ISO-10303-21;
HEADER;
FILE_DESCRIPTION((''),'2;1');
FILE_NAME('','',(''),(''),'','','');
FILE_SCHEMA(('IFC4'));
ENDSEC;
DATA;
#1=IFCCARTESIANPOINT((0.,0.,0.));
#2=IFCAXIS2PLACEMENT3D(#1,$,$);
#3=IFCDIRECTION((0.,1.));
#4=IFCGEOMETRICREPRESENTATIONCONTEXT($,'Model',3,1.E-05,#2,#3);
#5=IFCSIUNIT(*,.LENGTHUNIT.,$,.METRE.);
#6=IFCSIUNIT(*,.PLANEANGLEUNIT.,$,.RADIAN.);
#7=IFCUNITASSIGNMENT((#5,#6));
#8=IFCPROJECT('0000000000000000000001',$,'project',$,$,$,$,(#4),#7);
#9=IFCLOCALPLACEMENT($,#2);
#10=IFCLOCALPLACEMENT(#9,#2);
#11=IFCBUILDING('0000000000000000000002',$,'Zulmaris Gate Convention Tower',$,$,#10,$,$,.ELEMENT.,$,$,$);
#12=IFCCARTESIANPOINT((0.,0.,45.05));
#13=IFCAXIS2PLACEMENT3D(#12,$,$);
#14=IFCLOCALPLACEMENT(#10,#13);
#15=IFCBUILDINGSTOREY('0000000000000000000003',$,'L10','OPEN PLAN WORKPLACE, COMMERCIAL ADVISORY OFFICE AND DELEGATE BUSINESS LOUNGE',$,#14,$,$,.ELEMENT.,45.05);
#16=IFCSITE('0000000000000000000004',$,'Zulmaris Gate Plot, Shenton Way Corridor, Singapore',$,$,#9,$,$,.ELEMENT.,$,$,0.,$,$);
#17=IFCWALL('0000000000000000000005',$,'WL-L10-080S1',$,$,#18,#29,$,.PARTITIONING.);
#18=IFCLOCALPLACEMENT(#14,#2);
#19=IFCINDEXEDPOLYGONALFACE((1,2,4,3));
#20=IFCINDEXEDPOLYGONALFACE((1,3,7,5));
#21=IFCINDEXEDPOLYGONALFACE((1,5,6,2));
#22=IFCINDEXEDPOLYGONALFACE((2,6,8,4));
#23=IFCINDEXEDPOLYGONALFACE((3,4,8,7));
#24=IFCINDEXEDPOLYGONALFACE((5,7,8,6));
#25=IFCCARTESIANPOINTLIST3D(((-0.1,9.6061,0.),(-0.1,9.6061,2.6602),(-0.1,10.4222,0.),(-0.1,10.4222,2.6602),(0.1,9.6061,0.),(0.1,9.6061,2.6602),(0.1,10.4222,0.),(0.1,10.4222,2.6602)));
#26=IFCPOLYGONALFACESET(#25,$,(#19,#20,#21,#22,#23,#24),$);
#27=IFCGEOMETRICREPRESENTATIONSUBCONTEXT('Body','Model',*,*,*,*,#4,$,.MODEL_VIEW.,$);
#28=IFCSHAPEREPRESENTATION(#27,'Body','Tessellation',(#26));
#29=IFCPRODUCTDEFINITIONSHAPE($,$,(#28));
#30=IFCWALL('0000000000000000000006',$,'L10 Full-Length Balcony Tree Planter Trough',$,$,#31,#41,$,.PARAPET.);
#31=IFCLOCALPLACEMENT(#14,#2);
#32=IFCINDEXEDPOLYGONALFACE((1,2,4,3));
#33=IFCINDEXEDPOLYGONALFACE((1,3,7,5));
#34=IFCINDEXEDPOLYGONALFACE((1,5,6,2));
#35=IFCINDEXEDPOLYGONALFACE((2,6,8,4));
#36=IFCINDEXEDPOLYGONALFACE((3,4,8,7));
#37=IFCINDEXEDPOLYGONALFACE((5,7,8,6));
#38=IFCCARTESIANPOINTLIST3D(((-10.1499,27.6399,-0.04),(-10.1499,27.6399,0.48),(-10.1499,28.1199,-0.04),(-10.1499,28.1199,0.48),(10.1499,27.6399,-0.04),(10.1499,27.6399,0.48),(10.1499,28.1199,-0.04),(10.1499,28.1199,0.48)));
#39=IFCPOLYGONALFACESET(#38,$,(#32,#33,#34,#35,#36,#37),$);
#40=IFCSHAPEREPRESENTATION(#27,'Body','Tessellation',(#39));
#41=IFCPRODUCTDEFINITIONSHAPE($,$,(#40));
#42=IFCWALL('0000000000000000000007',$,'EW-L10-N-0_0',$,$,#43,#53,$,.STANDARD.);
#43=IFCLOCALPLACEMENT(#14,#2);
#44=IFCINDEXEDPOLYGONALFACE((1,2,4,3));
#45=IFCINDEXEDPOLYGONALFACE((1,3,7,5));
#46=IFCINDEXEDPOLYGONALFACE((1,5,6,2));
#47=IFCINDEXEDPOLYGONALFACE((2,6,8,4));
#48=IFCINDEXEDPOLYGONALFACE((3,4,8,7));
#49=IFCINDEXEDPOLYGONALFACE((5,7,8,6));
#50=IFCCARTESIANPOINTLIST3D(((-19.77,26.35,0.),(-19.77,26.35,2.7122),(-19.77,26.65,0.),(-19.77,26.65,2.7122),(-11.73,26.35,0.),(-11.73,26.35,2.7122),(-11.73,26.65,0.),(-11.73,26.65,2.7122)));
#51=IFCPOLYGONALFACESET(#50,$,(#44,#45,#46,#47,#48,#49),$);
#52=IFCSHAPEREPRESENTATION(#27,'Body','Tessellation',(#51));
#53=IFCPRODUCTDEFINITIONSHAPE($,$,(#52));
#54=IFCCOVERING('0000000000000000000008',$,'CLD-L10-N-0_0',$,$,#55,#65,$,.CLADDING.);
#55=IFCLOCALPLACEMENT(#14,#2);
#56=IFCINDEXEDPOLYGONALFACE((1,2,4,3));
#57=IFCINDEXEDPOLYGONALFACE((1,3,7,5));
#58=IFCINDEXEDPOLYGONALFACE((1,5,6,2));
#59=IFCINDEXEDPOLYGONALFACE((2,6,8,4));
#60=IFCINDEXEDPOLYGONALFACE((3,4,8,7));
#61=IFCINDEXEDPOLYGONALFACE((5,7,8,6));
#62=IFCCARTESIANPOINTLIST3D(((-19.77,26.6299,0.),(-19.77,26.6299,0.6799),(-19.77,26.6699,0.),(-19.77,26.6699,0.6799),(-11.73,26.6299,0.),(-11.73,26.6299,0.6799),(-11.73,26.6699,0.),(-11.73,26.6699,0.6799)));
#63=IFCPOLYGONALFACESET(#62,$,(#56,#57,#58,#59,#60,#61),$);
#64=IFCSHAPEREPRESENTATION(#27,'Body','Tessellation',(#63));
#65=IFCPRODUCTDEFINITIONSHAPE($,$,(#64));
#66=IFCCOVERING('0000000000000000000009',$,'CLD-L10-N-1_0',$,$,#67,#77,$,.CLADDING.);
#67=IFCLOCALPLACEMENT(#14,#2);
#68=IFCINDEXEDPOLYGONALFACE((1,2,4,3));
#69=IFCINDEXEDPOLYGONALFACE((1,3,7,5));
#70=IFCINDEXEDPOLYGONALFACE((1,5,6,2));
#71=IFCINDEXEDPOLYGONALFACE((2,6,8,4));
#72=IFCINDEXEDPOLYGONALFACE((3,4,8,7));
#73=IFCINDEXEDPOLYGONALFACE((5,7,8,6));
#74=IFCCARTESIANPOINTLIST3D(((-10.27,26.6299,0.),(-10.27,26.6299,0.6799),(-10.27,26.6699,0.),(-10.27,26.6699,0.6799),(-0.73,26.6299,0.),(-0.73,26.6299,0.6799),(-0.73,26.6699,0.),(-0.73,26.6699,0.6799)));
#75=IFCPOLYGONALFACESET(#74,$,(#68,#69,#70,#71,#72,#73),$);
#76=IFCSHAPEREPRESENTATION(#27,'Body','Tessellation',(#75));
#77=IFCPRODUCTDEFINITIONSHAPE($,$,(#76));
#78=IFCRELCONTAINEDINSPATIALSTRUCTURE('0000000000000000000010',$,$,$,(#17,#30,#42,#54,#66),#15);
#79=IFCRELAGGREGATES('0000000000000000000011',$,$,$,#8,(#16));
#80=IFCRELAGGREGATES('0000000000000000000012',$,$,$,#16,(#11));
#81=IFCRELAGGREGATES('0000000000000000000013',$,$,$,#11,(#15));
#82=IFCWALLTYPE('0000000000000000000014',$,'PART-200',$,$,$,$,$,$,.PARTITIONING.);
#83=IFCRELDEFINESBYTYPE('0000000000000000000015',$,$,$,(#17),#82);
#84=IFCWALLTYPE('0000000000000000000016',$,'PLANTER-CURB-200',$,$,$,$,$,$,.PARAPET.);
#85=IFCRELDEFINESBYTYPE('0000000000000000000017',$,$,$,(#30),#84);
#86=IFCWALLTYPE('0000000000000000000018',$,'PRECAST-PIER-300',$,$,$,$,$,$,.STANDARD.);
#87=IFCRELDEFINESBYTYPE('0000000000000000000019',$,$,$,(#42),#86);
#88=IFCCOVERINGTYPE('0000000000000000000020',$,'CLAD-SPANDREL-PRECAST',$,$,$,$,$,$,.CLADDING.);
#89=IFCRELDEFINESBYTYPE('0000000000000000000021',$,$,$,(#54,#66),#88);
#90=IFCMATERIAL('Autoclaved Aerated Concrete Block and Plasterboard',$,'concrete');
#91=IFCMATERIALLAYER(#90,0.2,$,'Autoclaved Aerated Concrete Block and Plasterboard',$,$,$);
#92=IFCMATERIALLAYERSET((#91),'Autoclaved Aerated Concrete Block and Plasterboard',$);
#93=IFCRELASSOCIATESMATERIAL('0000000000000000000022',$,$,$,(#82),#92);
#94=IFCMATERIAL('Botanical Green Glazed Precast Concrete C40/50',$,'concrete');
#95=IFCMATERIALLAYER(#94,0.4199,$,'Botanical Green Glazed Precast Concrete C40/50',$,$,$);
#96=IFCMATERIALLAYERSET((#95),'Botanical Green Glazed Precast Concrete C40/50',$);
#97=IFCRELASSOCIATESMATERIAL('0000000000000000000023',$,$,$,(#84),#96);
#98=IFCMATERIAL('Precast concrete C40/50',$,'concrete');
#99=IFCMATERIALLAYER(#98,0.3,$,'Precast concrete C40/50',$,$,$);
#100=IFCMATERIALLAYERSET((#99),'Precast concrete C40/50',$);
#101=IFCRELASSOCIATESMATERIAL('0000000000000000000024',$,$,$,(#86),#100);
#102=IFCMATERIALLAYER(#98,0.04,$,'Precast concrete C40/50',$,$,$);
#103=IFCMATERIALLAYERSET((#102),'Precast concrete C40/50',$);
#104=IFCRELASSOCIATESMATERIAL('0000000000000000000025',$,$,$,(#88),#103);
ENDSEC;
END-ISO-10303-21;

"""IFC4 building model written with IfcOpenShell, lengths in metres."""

from ifc_helpers import new_model, si_unit, direction, frame, frame_2d, origin, place, context, subcontext, project, spatial, rectangle, extrude, material, layer, layer_set, type_object, element, save


model = new_model("IFC4")

# Units and contexts
model_context = context("Model", 3, precision=1e-05, world=origin(), true_north=direction((0.0, 1.0)))
body_context = subcontext(model_context, "Body", "Model", "MODEL_VIEW")
ifc_project = project(units=[si_unit("LENGTHUNIT", "METRE"), si_unit("PLANEANGLEUNIT", "RADIAN")], contexts=[model_context])

# Site, building, storey
site_placement = place(None, origin())
site = spatial("IfcSite", under=ifc_project, at=site_placement, Name="Zulmaris Gate Plot, Shenton Way Corridor, Singapore", CompositionType="ELEMENT", RefElevation=0.0)
building_placement = place(site_placement, origin())
building = spatial("IfcBuilding", under=site, at=building_placement, Name="Zulmaris Gate Convention Tower", CompositionType="ELEMENT")
storey_placement = place(building_placement, frame((0.0, 0.0, 45.05)))
storey = spatial("IfcBuildingStorey", under=building, at=storey_placement, Name="L10", Description="OPEN PLAN WORKPLACE, COMMERCIAL ADVISORY OFFICE AND DELEGATE BUSINESS LOUNGE", CompositionType="ELEMENT", Elevation=45.05)

# Walls
ifc_material_1 = material(Name="Autoclaved Aerated Concrete Block and Plasterboard", Category="concrete")
ifc_layer_1 = layer(ifc_material_1, 0.2, Name="Autoclaved Aerated Concrete Block and Plasterboard")
ifc_layer_set_1 = layer_set([ifc_layer_1], Name="Autoclaved Aerated Concrete Block and Plasterboard")
wall_type_1 = type_object("IfcWallType", Name="PART-200", PredefinedType="PARTITIONING", material=ifc_layer_set_1)
wall_1_placement = place(storey_placement, frame((0.0, 9.606, 0.0), z_axis=(0.0, 0.0, 1.0), x_axis=(0.0, 1.0, 0.0)))
element("IfcWall", 1, at=wall_1_placement, inside=storey, type_object=wall_type_1, Name="WL-L10-080S1", PredefinedType="PARTITIONING", context=body_context, shape_type="SweptSolid", body=[
    extrude(rectangle(XDim=0.8162, YDim=0.2, at=frame_2d((0.4082, 0.0))), origin(), (0.0, 0.0, 1.0), 2.6602),
])
ifc_material_2 = material(Name="Botanical Green Glazed Precast Concrete C40/50", Category="concrete")
ifc_layer_2 = layer(ifc_material_2, 0.4199, Name="Botanical Green Glazed Precast Concrete C40/50")
ifc_layer_set_2 = layer_set([ifc_layer_2], Name="Botanical Green Glazed Precast Concrete C40/50")
wall_type_2 = type_object("IfcWallType", Name="PLANTER-CURB-200", PredefinedType="PARAPET", material=ifc_layer_set_2)
wall_2_placement = place(storey_placement, frame((-10.1499, 27.8799, -0.04), z_axis=(0.0, 0.0, 1.0), x_axis=(1.0, 0.0, 0.0)))
element("IfcWall", 2, at=wall_2_placement, inside=storey, type_object=wall_type_2, Name="L10 Full-Length Balcony Tree Planter Trough", PredefinedType="PARAPET", context=body_context, shape_type="SweptSolid", body=[
    extrude(rectangle(XDim=20.2998, YDim=0.48, at=frame_2d((10.1499, 0.0))), origin(), (0.0, 0.0, 1.0), 0.52),
])
ifc_material_3 = material(Name="Precast concrete C40/50", Category="concrete")
ifc_layer_3 = layer(ifc_material_3, 0.3, Name="Precast concrete C40/50")
ifc_layer_set_3 = layer_set([ifc_layer_3], Name="Precast concrete C40/50")
wall_type_3 = type_object("IfcWallType", Name="PRECAST-PIER-300", PredefinedType="STANDARD", material=ifc_layer_set_3)
wall_3_placement = place(storey_placement, frame((-11.73, 26.5, 0.0), z_axis=(0.0, 0.0, 1.0), x_axis=(-1.0, 0.0, 0.0)))
element("IfcWall", 3, at=wall_3_placement, inside=storey, type_object=wall_type_3, Name="EW-L10-N-0_0", PredefinedType="STANDARD", context=body_context, shape_type="SweptSolid", body=[
    extrude(rectangle(XDim=8.04, YDim=0.3, at=frame_2d((4.02, 0.0))), origin(), (0.0, 0.0, 1.0), 2.7122),
])

# Coverings
ifc_layer_4 = layer(ifc_material_3, 0.04, Name="Precast concrete C40/50")
ifc_layer_set_4 = layer_set([ifc_layer_4], Name="Precast concrete C40/50")
covering_type = type_object("IfcCoveringType", Name="CLAD-SPANDREL-PRECAST", PredefinedType="CLADDING", material=ifc_layer_set_4)
covering_1_placement = place(storey_placement, frame((-11.73, 26.6499, 0.0), z_axis=(0.0, 0.0, 1.0), x_axis=(-1.0, 0.0, 0.0)))
element("IfcCovering", 4, at=covering_1_placement, inside=storey, type_object=covering_type, Name="CLD-L10-N-0_0", PredefinedType="CLADDING", context=body_context, shape_type="SweptSolid", body=[
    extrude(rectangle(XDim=8.04, YDim=0.04, at=frame_2d((4.02, 0.0))), origin(), (0.0, 0.0, 1.0), 0.6799),
])
covering_2_placement = place(storey_placement, frame((-0.73, 26.6499, 0.0), z_axis=(0.0, 0.0, 1.0), x_axis=(-1.0, 0.0, 0.0)))
element("IfcCovering", 5, at=covering_2_placement, inside=storey, type_object=covering_type, Name="CLD-L10-N-1_0", PredefinedType="CLADDING", context=body_context, shape_type="SweptSolid", body=[
    extrude(rectangle(XDim=9.54, YDim=0.04, at=frame_2d((4.77, 0.0))), origin(), (0.0, 0.0, 1.0), 0.6799),
])

save(model, "model.ifc")
